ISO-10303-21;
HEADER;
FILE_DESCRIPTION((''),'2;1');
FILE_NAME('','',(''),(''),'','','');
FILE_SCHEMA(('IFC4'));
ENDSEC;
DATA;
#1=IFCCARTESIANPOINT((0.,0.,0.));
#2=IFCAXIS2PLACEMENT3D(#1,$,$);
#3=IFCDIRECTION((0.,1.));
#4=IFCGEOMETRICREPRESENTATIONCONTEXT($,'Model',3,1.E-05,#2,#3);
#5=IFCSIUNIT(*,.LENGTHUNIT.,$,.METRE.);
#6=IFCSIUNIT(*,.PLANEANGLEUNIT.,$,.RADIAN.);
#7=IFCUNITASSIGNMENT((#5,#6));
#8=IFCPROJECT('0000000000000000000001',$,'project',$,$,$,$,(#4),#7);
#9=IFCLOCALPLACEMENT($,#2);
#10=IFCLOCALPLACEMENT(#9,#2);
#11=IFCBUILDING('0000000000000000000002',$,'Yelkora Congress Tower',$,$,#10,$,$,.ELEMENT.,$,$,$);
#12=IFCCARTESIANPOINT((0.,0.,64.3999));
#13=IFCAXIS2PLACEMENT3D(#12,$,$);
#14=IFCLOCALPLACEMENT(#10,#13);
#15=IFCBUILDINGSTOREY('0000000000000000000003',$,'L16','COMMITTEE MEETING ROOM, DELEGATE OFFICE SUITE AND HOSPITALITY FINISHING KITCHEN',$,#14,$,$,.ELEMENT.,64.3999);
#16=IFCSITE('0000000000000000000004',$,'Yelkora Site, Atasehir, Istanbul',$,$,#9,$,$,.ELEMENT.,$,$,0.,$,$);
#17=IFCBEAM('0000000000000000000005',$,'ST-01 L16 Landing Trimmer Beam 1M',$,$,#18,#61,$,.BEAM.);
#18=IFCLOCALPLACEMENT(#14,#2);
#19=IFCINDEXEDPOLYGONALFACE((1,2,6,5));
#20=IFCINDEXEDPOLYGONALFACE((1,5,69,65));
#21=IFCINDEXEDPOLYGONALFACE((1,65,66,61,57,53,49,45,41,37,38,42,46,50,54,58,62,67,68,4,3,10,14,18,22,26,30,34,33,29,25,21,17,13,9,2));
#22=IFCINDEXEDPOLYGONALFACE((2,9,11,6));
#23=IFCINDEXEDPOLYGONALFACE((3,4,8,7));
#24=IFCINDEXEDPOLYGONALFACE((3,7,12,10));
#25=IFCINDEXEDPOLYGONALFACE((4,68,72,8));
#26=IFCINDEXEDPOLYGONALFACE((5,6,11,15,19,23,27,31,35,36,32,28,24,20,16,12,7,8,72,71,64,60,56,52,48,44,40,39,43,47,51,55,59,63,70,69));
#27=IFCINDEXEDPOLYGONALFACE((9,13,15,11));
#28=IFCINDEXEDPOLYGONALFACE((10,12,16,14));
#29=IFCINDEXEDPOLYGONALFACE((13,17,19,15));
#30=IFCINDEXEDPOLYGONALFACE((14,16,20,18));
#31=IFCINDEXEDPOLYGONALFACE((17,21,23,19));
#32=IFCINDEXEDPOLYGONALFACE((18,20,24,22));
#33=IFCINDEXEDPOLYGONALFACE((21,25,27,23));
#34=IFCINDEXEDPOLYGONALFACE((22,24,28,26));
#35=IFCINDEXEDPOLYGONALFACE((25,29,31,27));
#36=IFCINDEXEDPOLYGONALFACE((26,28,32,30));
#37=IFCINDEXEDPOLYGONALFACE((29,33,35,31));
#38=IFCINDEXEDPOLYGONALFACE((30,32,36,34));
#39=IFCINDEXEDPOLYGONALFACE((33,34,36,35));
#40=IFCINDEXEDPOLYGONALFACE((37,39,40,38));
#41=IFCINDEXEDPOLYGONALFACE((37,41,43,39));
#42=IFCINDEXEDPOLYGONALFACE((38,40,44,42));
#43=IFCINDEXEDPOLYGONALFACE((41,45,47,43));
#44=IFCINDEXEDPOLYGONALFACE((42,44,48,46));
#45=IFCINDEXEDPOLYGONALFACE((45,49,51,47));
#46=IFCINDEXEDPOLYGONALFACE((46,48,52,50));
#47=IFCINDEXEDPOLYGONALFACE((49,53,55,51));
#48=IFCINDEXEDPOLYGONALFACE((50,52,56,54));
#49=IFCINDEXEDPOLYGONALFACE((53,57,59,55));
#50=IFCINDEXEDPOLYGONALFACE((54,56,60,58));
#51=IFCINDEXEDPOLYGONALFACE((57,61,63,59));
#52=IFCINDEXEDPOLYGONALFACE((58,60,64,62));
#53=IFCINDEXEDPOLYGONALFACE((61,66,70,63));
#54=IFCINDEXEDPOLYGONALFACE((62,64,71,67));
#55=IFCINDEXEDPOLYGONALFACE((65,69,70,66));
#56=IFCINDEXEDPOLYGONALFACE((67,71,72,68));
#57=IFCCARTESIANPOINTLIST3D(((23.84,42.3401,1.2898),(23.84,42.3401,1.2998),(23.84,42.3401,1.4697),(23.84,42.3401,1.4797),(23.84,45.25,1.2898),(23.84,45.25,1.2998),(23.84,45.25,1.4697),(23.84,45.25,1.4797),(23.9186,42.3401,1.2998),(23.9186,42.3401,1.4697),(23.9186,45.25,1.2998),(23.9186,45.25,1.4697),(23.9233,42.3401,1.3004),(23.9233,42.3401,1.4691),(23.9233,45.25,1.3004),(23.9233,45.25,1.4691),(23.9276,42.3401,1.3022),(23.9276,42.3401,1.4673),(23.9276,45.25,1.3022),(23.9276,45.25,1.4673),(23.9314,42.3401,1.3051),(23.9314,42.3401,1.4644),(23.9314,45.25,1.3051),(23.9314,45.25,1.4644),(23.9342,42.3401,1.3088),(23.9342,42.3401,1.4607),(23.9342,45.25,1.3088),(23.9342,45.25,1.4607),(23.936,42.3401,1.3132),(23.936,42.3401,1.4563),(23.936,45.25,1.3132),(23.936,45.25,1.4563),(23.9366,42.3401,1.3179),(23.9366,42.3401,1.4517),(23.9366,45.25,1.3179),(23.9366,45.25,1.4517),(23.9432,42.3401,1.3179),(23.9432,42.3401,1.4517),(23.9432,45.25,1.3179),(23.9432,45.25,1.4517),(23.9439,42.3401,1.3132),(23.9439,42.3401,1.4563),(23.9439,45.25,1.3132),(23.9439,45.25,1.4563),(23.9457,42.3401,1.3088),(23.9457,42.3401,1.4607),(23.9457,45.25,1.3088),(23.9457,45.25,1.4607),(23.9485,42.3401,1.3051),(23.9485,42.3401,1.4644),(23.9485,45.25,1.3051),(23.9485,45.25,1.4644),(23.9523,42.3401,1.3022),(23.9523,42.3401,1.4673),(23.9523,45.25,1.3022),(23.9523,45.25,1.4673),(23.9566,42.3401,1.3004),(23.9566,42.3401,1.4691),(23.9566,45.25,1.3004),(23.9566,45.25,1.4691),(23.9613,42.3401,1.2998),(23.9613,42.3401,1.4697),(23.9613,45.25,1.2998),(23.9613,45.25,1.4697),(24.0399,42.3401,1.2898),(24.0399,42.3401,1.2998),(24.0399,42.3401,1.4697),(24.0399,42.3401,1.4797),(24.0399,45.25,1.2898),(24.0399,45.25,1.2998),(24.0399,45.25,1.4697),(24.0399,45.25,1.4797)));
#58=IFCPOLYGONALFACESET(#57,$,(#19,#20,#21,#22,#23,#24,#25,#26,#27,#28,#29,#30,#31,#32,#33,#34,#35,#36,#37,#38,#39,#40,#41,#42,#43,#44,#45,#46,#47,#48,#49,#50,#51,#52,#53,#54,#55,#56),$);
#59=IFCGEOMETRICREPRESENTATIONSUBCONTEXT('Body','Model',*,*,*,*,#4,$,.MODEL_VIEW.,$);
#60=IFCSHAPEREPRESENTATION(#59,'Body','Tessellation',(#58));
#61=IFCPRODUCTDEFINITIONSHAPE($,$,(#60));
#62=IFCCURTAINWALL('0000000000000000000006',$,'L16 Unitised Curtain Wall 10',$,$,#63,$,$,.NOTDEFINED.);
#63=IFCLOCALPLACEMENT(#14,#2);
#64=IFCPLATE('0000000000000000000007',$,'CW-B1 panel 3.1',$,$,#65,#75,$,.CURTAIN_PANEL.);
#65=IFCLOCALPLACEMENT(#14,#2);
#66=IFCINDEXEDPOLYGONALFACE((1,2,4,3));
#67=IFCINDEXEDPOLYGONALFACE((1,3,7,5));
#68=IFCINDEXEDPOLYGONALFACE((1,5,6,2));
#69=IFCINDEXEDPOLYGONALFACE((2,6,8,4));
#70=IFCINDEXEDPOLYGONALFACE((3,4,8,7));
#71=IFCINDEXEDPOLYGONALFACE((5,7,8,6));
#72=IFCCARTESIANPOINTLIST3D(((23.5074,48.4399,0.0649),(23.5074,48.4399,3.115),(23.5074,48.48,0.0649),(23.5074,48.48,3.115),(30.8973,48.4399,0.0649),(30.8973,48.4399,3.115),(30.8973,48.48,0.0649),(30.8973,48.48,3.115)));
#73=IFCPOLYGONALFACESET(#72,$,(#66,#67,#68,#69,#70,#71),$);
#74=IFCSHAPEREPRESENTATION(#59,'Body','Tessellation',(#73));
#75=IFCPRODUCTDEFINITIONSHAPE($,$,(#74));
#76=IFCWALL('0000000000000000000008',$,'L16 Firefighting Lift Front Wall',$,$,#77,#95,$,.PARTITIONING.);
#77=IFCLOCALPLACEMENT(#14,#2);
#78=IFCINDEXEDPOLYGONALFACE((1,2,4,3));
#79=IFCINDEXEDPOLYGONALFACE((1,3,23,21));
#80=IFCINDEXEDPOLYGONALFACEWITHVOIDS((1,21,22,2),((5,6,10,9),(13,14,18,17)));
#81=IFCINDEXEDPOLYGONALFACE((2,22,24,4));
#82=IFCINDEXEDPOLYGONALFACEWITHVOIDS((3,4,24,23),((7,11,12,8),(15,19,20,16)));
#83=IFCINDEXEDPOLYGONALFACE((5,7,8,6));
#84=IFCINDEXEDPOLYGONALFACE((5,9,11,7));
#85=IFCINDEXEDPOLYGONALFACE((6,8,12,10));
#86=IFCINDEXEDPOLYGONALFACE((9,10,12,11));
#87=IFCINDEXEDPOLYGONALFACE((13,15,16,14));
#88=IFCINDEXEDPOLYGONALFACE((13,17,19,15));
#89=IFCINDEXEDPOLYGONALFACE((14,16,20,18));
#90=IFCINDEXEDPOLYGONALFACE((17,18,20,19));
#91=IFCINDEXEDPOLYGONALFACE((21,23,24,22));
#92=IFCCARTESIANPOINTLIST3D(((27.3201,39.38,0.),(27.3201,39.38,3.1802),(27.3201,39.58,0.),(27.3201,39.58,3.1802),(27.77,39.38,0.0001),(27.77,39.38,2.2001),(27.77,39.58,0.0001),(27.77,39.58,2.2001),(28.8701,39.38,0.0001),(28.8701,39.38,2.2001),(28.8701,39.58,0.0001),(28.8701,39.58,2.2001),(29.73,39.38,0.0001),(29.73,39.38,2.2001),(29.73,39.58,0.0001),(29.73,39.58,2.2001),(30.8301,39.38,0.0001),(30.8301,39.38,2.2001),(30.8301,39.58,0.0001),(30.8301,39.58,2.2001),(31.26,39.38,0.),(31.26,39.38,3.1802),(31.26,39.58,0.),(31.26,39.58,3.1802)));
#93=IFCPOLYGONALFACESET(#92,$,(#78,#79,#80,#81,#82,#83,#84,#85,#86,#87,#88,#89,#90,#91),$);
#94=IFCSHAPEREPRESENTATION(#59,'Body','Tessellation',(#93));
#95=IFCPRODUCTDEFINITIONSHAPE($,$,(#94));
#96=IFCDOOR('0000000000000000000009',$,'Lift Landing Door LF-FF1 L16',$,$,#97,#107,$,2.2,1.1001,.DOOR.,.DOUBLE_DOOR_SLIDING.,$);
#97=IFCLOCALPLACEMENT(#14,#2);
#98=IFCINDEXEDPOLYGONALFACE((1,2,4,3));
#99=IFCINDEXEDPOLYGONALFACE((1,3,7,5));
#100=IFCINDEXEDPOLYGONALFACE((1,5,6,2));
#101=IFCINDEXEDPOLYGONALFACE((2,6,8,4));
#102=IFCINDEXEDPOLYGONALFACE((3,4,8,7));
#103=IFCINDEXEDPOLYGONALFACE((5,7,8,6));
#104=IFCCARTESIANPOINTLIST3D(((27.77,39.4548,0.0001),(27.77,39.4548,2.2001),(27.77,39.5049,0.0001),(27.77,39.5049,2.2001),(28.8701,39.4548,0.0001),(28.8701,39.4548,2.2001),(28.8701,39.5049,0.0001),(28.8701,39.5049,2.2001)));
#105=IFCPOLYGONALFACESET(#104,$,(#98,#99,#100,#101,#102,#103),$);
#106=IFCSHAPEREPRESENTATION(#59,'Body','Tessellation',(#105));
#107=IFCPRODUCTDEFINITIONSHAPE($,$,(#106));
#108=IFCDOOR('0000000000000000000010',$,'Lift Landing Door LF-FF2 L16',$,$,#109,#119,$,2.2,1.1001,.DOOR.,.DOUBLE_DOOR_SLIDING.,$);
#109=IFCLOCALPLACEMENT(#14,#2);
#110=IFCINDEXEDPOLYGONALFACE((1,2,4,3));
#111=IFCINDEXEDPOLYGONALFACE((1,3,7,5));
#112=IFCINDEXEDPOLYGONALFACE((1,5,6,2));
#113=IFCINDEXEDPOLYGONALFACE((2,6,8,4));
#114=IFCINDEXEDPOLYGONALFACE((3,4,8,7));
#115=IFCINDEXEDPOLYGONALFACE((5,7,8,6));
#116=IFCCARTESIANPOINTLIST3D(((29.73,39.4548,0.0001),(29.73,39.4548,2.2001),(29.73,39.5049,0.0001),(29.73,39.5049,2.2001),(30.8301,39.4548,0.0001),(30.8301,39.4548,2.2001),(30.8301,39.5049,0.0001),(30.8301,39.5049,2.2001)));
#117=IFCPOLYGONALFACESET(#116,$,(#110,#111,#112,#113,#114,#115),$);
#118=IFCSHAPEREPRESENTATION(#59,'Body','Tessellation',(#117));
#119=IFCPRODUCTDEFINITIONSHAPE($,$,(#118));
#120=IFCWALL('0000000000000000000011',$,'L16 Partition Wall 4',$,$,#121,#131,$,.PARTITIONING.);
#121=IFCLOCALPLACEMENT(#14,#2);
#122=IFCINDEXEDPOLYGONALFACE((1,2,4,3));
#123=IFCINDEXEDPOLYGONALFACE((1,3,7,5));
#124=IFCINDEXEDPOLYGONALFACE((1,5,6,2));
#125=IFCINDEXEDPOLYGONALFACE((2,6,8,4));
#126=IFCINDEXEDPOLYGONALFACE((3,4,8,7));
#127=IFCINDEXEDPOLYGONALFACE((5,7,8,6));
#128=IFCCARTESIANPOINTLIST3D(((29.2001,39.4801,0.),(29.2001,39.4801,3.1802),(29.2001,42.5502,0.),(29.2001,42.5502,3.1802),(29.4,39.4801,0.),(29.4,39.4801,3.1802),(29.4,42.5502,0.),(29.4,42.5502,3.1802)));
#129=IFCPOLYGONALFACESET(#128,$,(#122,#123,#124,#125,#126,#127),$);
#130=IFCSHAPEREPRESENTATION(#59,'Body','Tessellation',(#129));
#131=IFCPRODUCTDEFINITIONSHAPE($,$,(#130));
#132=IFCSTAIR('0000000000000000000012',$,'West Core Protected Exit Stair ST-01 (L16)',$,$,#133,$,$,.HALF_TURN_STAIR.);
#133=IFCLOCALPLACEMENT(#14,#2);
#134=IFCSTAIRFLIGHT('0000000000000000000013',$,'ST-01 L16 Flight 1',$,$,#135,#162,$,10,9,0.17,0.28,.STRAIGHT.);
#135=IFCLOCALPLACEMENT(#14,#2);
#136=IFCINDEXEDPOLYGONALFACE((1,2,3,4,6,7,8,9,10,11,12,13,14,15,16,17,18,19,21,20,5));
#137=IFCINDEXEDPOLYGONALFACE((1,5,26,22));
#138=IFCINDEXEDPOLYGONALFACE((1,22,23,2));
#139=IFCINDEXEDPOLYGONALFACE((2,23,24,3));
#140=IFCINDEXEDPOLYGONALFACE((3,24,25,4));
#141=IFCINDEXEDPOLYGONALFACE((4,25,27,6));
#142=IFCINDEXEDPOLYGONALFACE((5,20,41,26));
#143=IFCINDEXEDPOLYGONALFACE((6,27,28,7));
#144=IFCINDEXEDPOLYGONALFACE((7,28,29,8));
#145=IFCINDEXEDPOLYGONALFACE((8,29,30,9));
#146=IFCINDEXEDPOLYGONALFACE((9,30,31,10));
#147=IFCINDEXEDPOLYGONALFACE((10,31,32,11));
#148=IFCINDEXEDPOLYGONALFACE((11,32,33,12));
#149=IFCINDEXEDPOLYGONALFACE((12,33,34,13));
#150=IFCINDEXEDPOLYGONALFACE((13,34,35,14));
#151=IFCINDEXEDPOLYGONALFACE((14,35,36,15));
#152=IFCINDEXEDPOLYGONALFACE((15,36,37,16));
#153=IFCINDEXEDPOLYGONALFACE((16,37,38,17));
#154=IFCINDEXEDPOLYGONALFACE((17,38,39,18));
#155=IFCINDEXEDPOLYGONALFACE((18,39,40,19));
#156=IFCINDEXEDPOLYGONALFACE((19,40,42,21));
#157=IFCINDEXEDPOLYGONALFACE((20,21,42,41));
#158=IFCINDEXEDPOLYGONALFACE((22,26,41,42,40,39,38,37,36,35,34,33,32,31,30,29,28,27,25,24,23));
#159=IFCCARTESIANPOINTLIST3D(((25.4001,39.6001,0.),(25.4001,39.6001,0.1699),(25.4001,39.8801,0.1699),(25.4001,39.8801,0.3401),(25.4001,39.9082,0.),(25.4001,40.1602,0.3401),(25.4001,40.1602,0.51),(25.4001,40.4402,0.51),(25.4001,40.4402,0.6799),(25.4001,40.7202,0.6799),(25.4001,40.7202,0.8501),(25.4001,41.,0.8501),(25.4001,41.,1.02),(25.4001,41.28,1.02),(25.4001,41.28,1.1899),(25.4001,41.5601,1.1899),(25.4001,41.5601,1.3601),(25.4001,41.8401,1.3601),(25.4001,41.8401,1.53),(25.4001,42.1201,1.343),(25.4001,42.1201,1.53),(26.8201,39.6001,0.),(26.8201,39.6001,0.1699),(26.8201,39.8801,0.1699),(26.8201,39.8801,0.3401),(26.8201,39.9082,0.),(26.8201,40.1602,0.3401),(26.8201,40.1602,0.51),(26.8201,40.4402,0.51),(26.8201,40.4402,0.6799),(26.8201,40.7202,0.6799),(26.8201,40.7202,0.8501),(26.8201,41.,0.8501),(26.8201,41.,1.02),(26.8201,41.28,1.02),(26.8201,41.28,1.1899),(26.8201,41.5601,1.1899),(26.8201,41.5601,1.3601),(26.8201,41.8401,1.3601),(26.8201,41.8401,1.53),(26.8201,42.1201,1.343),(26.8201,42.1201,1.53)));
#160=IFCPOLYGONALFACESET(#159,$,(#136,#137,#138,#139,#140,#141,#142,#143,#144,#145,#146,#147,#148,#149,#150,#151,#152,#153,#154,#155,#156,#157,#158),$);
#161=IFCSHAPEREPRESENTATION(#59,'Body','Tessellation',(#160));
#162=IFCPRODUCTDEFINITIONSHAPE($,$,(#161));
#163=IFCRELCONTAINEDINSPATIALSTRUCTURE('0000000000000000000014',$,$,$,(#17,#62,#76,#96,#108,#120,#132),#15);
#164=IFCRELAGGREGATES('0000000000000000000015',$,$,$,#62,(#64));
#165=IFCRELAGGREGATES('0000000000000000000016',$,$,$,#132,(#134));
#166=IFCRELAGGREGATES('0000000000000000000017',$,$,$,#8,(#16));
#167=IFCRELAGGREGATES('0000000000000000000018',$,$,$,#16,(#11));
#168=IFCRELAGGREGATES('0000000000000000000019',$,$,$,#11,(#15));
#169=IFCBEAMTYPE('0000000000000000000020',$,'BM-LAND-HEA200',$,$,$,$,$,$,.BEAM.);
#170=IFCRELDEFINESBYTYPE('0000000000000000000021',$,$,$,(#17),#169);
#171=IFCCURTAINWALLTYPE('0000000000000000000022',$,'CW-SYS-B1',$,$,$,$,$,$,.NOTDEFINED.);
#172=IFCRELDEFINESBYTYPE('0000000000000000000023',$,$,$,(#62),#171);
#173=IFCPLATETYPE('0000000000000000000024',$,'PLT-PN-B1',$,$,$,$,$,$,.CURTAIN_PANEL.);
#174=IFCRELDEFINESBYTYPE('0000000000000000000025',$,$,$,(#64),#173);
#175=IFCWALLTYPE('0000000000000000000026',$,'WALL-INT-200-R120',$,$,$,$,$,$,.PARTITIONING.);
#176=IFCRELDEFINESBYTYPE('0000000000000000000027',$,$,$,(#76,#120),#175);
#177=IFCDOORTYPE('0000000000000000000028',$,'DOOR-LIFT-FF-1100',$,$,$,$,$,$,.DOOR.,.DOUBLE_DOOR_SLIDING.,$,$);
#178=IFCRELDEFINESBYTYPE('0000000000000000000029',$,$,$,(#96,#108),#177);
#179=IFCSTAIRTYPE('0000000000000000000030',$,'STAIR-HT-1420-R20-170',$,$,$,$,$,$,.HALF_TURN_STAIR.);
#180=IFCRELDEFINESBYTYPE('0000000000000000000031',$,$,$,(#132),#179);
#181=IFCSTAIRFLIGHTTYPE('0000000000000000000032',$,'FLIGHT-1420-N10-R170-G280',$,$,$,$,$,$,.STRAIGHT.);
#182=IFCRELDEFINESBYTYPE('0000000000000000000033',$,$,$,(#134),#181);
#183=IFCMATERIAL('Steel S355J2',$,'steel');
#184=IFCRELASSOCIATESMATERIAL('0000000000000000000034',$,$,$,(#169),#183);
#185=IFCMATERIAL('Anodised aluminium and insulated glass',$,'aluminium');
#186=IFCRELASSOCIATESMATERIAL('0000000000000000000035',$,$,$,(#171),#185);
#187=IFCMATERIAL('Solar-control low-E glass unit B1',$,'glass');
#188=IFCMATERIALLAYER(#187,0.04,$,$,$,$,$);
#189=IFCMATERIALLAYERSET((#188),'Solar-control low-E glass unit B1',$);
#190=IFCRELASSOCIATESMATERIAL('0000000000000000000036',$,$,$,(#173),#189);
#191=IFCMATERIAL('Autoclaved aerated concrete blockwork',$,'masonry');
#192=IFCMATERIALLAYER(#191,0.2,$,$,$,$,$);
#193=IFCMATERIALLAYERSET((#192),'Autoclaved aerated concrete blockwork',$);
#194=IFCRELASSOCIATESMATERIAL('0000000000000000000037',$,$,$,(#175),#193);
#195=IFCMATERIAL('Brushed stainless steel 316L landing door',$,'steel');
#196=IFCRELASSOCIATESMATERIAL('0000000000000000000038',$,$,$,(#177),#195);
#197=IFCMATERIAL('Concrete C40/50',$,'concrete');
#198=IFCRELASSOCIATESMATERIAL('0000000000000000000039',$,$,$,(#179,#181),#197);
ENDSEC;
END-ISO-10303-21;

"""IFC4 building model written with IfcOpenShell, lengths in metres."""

from ifc_helpers import new_model, si_unit, direction, frame, frame_2d, origin, origin_2d, place, context, subcontext, project, spatial, polyline, rectangle, i_section, outline, extrude, material, layer, layer_set, material_profile, profile_set, type_object, element, fill, aggregate, save


model = new_model("IFC4")

# Units and contexts
model_context = context("Model", 3, precision=1e-05, world=origin(), true_north=direction((0.0, 1.0)))
body_context = subcontext(model_context, "Body", "Model", "MODEL_VIEW")
ifc_project = project(units=[si_unit("LENGTHUNIT", "METRE"), si_unit("PLANEANGLEUNIT", "RADIAN")], contexts=[model_context])

# Site, building, storey
site_placement = place(None, origin())
site = spatial("IfcSite", under=ifc_project, at=site_placement, Name="Yelkora Site, Atasehir, Istanbul", CompositionType="ELEMENT", RefElevation=0.0)
building_placement = place(site_placement, origin())
building = spatial("IfcBuilding", under=site, at=building_placement, Name="Yelkora Congress Tower", CompositionType="ELEMENT")
storey_placement = place(building_placement, frame((0.0, 0.0, 64.3999)))
storey = spatial("IfcBuildingStorey", under=building, at=storey_placement, Name="L16", Description="COMMITTEE MEETING ROOM, DELEGATE OFFICE SUITE AND HOSPITALITY FINISHING KITCHEN", CompositionType="ELEMENT", Elevation=64.3999)

# Beam
ifc_material_1 = material(Name="Steel S355J2", Category="steel")
ifc_material_profile = material_profile(ifc_material_1, i_section(OverallWidth=0.2, OverallDepth=0.1899, WebThickness=0.0066, FlangeThickness=0.01, FilletRadius=0.0181, at=origin_2d()), Name="HEA 200")
ifc_profile_set = profile_set([ifc_material_profile], Name="Steel S355J2")
beam_type = type_object("IfcBeamType", Name="BM-LAND-HEA200", PredefinedType="BEAM", material=ifc_profile_set)
beam_placement = place(storey_placement, frame((23.9399, 42.3401, 1.3848), z_axis=(0.0, 1.0, 0.0), x_axis=(-1.0, 0.0, 0.0)))
element("IfcBeam", 1, at=beam_placement, inside=storey, type_object=beam_type, Name="ST-01 L16 Landing Trimmer Beam 1M", PredefinedType="BEAM", context=body_context, shape_type="SweptSolid", body=[
    extrude(i_section(OverallWidth=0.2, OverallDepth=0.1899, WebThickness=0.0066, FlangeThickness=0.01, FilletRadius=0.0181, at=origin_2d()), origin(), (0.0, 0.0, 1.0), 2.9099),
])

# Curtain wall, plate
ifc_material_2 = material(Name="Anodised aluminium and insulated glass", Category="aluminium")
curtain_wall_type = type_object("IfcCurtainWallType", Name="CW-SYS-B1", PredefinedType="NOTDEFINED", material=ifc_material_2)
curtain_wall_placement = place(storey_placement, origin())
curtain_wall = element("IfcCurtainWall", 2, at=curtain_wall_placement, inside=storey, type_object=curtain_wall_type, Name="L16 Unitised Curtain Wall 10", PredefinedType="NOTDEFINED")
ifc_material_3 = material(Name="Solar-control low-E glass unit B1", Category="glass")
ifc_layer_1 = layer(ifc_material_3, 0.04)
ifc_layer_set_1 = layer_set([ifc_layer_1], Name="Solar-control low-E glass unit B1")
plate_type = type_object("IfcPlateType", Name="PLT-PN-B1", PredefinedType="CURTAIN_PANEL", material=ifc_layer_set_1)
plate_placement = place(storey_placement, frame((27.2024, 48.46, 0.0649), z_axis=(0.0, 0.0, 1.0), x_axis=(1.0, 0.0, 0.0)))
plate = element("IfcPlate", 3, at=plate_placement, type_object=plate_type, Name="CW-B1 panel 3.1", PredefinedType="CURTAIN_PANEL", context=body_context, shape_type="SweptSolid", body=[
    extrude(rectangle(XDim=7.3899, YDim=0.04, at=origin_2d()), origin(), (0.0, 0.0, 1.0), 3.05),
])
aggregate(curtain_wall, [plate])

# Shared definitions
ifc_material_4 = material(Name="Autoclaved aerated concrete blockwork", Category="masonry")
ifc_layer_2 = layer(ifc_material_4, 0.2)
ifc_layer_set_2 = layer_set([ifc_layer_2], Name="Autoclaved aerated concrete blockwork")
wall_type_1 = type_object("IfcWallType", Name="WALL-INT-200-R120", PredefinedType="PARTITIONING", material=ifc_layer_set_2)

# Wall, openings, doors
wall_1_placement = place(storey_placement, frame((27.3201, 39.48, 0.0), z_axis=(0.0, 0.0, 1.0), x_axis=(1.0, 0.0, 0.0)))
wall_1 = element("IfcWall", 4, at=wall_1_placement, inside=storey, type_object=wall_type_1, Name="L16 Firefighting Lift Front Wall", PredefinedType="PARTITIONING", context=body_context, shape_type="SweptSolid", body=[
    extrude(rectangle(XDim=3.9399, YDim=0.2, at=frame_2d((1.97, 0.0))), origin(), (0.0, 0.0, 1.0), 3.1802),
])
opening_1_placement = place(wall_1_placement, frame((0.45, 0.0, 0.0)))
opening_1 = element("IfcOpeningElement", 5, at=opening_1_placement, cuts=wall_1, PredefinedType="OPENING", context=body_context, shape_type="SweptSolid", body=[
    extrude(rectangle(XDim=1.1001, YDim=2.2, at=frame_2d((0.55, 1.1001))), frame((0.0, 0.1099, 0.0), z_axis=(0.0, -1.0, 0.0), x_axis=(1.0, 0.0, 0.0)), (0.0, 0.0, 1.0), 0.22),
])
opening_2_placement = place(wall_1_placement, frame((2.4099, 0.0, 0.0)))
opening_2 = element("IfcOpeningElement", 6, at=opening_2_placement, cuts=wall_1, PredefinedType="OPENING", context=body_context, shape_type="SweptSolid", body=[
    extrude(rectangle(XDim=1.1001, YDim=2.2, at=frame_2d((0.55, 1.1001))), frame((0.0, 0.1099, 0.0), z_axis=(0.0, -1.0, 0.0), x_axis=(1.0, 0.0, 0.0)), (0.0, 0.0, 1.0), 0.22),
])
ifc_material_5 = material(Name="Brushed stainless steel 316L landing door", Category="steel")
door_type_1 = type_object("IfcDoorType", Name="DOOR-LIFT-FF-1100", OperationType="DOUBLE_DOOR_SLIDING", PredefinedType="DOOR", material=ifc_material_5)
door_1_placement = place(opening_1_placement, origin())
door_1 = element("IfcDoor", 7, at=door_1_placement, inside=storey, type_object=door_type_1, Name="Lift Landing Door LF-FF1 L16", OperationType="DOUBLE_DOOR_SLIDING", OverallHeight=2.2, OverallWidth=1.1001, PredefinedType="DOOR", context=body_context, shape_type="SweptSolid", body=[
    extrude(rectangle(XDim=1.1001, YDim=2.2, at=frame_2d((0.55, 1.1001))), frame((0.0, 0.0249, 0.0), z_axis=(0.0, -1.0, 0.0), x_axis=(1.0, 0.0, 0.0)), (0.0, 0.0, 1.0), 0.05),
])
fill(opening_1, door_1)
door_2_placement = place(opening_2_placement, origin())
door_2 = element("IfcDoor", 8, at=door_2_placement, inside=storey, type_object=door_type_1, Name="Lift Landing Door LF-FF2 L16", OperationType="DOUBLE_DOOR_SLIDING", OverallHeight=2.2, OverallWidth=1.1001, PredefinedType="DOOR", context=body_context, shape_type="SweptSolid", body=[
    extrude(rectangle(XDim=1.1001, YDim=2.2, at=frame_2d((0.55, 1.1001))), frame((0.0, 0.0249, 0.0), z_axis=(0.0, -1.0, 0.0), x_axis=(1.0, 0.0, 0.0)), (0.0, 0.0, 1.0), 0.05),
])
fill(opening_2, door_2)

# Wall
wall_2_placement = place(storey_placement, frame((29.3, 39.48, 0.0), z_axis=(0.0, 0.0, 1.0), x_axis=(0.0, 1.0, 0.0)))
element("IfcWall", 9, at=wall_2_placement, inside=storey, type_object=wall_type_1, Name="L16 Partition Wall 4", PredefinedType="PARTITIONING", context=body_context, shape_type="SweptSolid", body=[
    extrude(rectangle(XDim=3.0701, YDim=0.2, at=frame_2d((1.5352, 0.0))), origin(), (0.0, 0.0, 1.0), 3.1802),
])

# Stair, stair flight
ifc_material_6 = material(Name="Concrete C40/50", Category="concrete")
stair_type = type_object("IfcStairType", Name="STAIR-HT-1420-R20-170", PredefinedType="HALF_TURN_STAIR", material=ifc_material_6)
stair_placement = place(storey_placement, origin())
stair = element("IfcStair", 10, at=stair_placement, inside=storey, type_object=stair_type, Name="West Core Protected Exit Stair ST-01 (L16)", PredefinedType="HALF_TURN_STAIR")
stair_flight_type = type_object("IfcStairFlightType", Name="FLIGHT-1420-N10-R170-G280", PredefinedType="STRAIGHT", material=ifc_material_6)
stair_flight_1_placement = place(storey_placement, frame((26.1101, 39.6001, 0.0), z_axis=(0.0, 0.0, 1.0), x_axis=(0.0, 1.0, 0.0)))
stair_flight_1 = element("IfcStairFlight", 11, at=stair_flight_1_placement, type_object=stair_flight_type, Name="ST-01 L16 Flight 1", NumberOfRisers=10, NumberOfTreads=9, PredefinedType="STRAIGHT", RiserHeight=0.17, TreadLength=0.28, context=body_context, shape_type="SweptSolid", body=[
    extrude(outline(polyline([(0.0, 0.0), (0.0, 0.1699), (0.28, 0.1699), (0.28, 0.3401), (0.5601, 0.3401), (0.5601, 0.51), (0.8401, 0.51), (0.8401, 0.6799), (1.1201, 0.6799), (1.1201, 0.8501), (1.3999, 0.8501), (1.3999, 1.02), (1.6799, 1.02), (1.6799, 1.1899), (1.96, 1.1899), (1.96, 1.3601), (2.24, 1.3601), (2.24, 1.53), (2.52, 1.53), (2.52, 1.7), (2.52, 1.343), (0.3081, 0.0), (0.0, 0.0)])), frame((0.0, 0.71, 0.0), z_axis=(0.0, -1.0, 0.0), x_axis=(1.0, 0.0, 0.0)), (0.0, 0.0, 1.0), 1.4199),
])
aggregate(stair, [stair_flight_1])

save(model, "model.ifc")
